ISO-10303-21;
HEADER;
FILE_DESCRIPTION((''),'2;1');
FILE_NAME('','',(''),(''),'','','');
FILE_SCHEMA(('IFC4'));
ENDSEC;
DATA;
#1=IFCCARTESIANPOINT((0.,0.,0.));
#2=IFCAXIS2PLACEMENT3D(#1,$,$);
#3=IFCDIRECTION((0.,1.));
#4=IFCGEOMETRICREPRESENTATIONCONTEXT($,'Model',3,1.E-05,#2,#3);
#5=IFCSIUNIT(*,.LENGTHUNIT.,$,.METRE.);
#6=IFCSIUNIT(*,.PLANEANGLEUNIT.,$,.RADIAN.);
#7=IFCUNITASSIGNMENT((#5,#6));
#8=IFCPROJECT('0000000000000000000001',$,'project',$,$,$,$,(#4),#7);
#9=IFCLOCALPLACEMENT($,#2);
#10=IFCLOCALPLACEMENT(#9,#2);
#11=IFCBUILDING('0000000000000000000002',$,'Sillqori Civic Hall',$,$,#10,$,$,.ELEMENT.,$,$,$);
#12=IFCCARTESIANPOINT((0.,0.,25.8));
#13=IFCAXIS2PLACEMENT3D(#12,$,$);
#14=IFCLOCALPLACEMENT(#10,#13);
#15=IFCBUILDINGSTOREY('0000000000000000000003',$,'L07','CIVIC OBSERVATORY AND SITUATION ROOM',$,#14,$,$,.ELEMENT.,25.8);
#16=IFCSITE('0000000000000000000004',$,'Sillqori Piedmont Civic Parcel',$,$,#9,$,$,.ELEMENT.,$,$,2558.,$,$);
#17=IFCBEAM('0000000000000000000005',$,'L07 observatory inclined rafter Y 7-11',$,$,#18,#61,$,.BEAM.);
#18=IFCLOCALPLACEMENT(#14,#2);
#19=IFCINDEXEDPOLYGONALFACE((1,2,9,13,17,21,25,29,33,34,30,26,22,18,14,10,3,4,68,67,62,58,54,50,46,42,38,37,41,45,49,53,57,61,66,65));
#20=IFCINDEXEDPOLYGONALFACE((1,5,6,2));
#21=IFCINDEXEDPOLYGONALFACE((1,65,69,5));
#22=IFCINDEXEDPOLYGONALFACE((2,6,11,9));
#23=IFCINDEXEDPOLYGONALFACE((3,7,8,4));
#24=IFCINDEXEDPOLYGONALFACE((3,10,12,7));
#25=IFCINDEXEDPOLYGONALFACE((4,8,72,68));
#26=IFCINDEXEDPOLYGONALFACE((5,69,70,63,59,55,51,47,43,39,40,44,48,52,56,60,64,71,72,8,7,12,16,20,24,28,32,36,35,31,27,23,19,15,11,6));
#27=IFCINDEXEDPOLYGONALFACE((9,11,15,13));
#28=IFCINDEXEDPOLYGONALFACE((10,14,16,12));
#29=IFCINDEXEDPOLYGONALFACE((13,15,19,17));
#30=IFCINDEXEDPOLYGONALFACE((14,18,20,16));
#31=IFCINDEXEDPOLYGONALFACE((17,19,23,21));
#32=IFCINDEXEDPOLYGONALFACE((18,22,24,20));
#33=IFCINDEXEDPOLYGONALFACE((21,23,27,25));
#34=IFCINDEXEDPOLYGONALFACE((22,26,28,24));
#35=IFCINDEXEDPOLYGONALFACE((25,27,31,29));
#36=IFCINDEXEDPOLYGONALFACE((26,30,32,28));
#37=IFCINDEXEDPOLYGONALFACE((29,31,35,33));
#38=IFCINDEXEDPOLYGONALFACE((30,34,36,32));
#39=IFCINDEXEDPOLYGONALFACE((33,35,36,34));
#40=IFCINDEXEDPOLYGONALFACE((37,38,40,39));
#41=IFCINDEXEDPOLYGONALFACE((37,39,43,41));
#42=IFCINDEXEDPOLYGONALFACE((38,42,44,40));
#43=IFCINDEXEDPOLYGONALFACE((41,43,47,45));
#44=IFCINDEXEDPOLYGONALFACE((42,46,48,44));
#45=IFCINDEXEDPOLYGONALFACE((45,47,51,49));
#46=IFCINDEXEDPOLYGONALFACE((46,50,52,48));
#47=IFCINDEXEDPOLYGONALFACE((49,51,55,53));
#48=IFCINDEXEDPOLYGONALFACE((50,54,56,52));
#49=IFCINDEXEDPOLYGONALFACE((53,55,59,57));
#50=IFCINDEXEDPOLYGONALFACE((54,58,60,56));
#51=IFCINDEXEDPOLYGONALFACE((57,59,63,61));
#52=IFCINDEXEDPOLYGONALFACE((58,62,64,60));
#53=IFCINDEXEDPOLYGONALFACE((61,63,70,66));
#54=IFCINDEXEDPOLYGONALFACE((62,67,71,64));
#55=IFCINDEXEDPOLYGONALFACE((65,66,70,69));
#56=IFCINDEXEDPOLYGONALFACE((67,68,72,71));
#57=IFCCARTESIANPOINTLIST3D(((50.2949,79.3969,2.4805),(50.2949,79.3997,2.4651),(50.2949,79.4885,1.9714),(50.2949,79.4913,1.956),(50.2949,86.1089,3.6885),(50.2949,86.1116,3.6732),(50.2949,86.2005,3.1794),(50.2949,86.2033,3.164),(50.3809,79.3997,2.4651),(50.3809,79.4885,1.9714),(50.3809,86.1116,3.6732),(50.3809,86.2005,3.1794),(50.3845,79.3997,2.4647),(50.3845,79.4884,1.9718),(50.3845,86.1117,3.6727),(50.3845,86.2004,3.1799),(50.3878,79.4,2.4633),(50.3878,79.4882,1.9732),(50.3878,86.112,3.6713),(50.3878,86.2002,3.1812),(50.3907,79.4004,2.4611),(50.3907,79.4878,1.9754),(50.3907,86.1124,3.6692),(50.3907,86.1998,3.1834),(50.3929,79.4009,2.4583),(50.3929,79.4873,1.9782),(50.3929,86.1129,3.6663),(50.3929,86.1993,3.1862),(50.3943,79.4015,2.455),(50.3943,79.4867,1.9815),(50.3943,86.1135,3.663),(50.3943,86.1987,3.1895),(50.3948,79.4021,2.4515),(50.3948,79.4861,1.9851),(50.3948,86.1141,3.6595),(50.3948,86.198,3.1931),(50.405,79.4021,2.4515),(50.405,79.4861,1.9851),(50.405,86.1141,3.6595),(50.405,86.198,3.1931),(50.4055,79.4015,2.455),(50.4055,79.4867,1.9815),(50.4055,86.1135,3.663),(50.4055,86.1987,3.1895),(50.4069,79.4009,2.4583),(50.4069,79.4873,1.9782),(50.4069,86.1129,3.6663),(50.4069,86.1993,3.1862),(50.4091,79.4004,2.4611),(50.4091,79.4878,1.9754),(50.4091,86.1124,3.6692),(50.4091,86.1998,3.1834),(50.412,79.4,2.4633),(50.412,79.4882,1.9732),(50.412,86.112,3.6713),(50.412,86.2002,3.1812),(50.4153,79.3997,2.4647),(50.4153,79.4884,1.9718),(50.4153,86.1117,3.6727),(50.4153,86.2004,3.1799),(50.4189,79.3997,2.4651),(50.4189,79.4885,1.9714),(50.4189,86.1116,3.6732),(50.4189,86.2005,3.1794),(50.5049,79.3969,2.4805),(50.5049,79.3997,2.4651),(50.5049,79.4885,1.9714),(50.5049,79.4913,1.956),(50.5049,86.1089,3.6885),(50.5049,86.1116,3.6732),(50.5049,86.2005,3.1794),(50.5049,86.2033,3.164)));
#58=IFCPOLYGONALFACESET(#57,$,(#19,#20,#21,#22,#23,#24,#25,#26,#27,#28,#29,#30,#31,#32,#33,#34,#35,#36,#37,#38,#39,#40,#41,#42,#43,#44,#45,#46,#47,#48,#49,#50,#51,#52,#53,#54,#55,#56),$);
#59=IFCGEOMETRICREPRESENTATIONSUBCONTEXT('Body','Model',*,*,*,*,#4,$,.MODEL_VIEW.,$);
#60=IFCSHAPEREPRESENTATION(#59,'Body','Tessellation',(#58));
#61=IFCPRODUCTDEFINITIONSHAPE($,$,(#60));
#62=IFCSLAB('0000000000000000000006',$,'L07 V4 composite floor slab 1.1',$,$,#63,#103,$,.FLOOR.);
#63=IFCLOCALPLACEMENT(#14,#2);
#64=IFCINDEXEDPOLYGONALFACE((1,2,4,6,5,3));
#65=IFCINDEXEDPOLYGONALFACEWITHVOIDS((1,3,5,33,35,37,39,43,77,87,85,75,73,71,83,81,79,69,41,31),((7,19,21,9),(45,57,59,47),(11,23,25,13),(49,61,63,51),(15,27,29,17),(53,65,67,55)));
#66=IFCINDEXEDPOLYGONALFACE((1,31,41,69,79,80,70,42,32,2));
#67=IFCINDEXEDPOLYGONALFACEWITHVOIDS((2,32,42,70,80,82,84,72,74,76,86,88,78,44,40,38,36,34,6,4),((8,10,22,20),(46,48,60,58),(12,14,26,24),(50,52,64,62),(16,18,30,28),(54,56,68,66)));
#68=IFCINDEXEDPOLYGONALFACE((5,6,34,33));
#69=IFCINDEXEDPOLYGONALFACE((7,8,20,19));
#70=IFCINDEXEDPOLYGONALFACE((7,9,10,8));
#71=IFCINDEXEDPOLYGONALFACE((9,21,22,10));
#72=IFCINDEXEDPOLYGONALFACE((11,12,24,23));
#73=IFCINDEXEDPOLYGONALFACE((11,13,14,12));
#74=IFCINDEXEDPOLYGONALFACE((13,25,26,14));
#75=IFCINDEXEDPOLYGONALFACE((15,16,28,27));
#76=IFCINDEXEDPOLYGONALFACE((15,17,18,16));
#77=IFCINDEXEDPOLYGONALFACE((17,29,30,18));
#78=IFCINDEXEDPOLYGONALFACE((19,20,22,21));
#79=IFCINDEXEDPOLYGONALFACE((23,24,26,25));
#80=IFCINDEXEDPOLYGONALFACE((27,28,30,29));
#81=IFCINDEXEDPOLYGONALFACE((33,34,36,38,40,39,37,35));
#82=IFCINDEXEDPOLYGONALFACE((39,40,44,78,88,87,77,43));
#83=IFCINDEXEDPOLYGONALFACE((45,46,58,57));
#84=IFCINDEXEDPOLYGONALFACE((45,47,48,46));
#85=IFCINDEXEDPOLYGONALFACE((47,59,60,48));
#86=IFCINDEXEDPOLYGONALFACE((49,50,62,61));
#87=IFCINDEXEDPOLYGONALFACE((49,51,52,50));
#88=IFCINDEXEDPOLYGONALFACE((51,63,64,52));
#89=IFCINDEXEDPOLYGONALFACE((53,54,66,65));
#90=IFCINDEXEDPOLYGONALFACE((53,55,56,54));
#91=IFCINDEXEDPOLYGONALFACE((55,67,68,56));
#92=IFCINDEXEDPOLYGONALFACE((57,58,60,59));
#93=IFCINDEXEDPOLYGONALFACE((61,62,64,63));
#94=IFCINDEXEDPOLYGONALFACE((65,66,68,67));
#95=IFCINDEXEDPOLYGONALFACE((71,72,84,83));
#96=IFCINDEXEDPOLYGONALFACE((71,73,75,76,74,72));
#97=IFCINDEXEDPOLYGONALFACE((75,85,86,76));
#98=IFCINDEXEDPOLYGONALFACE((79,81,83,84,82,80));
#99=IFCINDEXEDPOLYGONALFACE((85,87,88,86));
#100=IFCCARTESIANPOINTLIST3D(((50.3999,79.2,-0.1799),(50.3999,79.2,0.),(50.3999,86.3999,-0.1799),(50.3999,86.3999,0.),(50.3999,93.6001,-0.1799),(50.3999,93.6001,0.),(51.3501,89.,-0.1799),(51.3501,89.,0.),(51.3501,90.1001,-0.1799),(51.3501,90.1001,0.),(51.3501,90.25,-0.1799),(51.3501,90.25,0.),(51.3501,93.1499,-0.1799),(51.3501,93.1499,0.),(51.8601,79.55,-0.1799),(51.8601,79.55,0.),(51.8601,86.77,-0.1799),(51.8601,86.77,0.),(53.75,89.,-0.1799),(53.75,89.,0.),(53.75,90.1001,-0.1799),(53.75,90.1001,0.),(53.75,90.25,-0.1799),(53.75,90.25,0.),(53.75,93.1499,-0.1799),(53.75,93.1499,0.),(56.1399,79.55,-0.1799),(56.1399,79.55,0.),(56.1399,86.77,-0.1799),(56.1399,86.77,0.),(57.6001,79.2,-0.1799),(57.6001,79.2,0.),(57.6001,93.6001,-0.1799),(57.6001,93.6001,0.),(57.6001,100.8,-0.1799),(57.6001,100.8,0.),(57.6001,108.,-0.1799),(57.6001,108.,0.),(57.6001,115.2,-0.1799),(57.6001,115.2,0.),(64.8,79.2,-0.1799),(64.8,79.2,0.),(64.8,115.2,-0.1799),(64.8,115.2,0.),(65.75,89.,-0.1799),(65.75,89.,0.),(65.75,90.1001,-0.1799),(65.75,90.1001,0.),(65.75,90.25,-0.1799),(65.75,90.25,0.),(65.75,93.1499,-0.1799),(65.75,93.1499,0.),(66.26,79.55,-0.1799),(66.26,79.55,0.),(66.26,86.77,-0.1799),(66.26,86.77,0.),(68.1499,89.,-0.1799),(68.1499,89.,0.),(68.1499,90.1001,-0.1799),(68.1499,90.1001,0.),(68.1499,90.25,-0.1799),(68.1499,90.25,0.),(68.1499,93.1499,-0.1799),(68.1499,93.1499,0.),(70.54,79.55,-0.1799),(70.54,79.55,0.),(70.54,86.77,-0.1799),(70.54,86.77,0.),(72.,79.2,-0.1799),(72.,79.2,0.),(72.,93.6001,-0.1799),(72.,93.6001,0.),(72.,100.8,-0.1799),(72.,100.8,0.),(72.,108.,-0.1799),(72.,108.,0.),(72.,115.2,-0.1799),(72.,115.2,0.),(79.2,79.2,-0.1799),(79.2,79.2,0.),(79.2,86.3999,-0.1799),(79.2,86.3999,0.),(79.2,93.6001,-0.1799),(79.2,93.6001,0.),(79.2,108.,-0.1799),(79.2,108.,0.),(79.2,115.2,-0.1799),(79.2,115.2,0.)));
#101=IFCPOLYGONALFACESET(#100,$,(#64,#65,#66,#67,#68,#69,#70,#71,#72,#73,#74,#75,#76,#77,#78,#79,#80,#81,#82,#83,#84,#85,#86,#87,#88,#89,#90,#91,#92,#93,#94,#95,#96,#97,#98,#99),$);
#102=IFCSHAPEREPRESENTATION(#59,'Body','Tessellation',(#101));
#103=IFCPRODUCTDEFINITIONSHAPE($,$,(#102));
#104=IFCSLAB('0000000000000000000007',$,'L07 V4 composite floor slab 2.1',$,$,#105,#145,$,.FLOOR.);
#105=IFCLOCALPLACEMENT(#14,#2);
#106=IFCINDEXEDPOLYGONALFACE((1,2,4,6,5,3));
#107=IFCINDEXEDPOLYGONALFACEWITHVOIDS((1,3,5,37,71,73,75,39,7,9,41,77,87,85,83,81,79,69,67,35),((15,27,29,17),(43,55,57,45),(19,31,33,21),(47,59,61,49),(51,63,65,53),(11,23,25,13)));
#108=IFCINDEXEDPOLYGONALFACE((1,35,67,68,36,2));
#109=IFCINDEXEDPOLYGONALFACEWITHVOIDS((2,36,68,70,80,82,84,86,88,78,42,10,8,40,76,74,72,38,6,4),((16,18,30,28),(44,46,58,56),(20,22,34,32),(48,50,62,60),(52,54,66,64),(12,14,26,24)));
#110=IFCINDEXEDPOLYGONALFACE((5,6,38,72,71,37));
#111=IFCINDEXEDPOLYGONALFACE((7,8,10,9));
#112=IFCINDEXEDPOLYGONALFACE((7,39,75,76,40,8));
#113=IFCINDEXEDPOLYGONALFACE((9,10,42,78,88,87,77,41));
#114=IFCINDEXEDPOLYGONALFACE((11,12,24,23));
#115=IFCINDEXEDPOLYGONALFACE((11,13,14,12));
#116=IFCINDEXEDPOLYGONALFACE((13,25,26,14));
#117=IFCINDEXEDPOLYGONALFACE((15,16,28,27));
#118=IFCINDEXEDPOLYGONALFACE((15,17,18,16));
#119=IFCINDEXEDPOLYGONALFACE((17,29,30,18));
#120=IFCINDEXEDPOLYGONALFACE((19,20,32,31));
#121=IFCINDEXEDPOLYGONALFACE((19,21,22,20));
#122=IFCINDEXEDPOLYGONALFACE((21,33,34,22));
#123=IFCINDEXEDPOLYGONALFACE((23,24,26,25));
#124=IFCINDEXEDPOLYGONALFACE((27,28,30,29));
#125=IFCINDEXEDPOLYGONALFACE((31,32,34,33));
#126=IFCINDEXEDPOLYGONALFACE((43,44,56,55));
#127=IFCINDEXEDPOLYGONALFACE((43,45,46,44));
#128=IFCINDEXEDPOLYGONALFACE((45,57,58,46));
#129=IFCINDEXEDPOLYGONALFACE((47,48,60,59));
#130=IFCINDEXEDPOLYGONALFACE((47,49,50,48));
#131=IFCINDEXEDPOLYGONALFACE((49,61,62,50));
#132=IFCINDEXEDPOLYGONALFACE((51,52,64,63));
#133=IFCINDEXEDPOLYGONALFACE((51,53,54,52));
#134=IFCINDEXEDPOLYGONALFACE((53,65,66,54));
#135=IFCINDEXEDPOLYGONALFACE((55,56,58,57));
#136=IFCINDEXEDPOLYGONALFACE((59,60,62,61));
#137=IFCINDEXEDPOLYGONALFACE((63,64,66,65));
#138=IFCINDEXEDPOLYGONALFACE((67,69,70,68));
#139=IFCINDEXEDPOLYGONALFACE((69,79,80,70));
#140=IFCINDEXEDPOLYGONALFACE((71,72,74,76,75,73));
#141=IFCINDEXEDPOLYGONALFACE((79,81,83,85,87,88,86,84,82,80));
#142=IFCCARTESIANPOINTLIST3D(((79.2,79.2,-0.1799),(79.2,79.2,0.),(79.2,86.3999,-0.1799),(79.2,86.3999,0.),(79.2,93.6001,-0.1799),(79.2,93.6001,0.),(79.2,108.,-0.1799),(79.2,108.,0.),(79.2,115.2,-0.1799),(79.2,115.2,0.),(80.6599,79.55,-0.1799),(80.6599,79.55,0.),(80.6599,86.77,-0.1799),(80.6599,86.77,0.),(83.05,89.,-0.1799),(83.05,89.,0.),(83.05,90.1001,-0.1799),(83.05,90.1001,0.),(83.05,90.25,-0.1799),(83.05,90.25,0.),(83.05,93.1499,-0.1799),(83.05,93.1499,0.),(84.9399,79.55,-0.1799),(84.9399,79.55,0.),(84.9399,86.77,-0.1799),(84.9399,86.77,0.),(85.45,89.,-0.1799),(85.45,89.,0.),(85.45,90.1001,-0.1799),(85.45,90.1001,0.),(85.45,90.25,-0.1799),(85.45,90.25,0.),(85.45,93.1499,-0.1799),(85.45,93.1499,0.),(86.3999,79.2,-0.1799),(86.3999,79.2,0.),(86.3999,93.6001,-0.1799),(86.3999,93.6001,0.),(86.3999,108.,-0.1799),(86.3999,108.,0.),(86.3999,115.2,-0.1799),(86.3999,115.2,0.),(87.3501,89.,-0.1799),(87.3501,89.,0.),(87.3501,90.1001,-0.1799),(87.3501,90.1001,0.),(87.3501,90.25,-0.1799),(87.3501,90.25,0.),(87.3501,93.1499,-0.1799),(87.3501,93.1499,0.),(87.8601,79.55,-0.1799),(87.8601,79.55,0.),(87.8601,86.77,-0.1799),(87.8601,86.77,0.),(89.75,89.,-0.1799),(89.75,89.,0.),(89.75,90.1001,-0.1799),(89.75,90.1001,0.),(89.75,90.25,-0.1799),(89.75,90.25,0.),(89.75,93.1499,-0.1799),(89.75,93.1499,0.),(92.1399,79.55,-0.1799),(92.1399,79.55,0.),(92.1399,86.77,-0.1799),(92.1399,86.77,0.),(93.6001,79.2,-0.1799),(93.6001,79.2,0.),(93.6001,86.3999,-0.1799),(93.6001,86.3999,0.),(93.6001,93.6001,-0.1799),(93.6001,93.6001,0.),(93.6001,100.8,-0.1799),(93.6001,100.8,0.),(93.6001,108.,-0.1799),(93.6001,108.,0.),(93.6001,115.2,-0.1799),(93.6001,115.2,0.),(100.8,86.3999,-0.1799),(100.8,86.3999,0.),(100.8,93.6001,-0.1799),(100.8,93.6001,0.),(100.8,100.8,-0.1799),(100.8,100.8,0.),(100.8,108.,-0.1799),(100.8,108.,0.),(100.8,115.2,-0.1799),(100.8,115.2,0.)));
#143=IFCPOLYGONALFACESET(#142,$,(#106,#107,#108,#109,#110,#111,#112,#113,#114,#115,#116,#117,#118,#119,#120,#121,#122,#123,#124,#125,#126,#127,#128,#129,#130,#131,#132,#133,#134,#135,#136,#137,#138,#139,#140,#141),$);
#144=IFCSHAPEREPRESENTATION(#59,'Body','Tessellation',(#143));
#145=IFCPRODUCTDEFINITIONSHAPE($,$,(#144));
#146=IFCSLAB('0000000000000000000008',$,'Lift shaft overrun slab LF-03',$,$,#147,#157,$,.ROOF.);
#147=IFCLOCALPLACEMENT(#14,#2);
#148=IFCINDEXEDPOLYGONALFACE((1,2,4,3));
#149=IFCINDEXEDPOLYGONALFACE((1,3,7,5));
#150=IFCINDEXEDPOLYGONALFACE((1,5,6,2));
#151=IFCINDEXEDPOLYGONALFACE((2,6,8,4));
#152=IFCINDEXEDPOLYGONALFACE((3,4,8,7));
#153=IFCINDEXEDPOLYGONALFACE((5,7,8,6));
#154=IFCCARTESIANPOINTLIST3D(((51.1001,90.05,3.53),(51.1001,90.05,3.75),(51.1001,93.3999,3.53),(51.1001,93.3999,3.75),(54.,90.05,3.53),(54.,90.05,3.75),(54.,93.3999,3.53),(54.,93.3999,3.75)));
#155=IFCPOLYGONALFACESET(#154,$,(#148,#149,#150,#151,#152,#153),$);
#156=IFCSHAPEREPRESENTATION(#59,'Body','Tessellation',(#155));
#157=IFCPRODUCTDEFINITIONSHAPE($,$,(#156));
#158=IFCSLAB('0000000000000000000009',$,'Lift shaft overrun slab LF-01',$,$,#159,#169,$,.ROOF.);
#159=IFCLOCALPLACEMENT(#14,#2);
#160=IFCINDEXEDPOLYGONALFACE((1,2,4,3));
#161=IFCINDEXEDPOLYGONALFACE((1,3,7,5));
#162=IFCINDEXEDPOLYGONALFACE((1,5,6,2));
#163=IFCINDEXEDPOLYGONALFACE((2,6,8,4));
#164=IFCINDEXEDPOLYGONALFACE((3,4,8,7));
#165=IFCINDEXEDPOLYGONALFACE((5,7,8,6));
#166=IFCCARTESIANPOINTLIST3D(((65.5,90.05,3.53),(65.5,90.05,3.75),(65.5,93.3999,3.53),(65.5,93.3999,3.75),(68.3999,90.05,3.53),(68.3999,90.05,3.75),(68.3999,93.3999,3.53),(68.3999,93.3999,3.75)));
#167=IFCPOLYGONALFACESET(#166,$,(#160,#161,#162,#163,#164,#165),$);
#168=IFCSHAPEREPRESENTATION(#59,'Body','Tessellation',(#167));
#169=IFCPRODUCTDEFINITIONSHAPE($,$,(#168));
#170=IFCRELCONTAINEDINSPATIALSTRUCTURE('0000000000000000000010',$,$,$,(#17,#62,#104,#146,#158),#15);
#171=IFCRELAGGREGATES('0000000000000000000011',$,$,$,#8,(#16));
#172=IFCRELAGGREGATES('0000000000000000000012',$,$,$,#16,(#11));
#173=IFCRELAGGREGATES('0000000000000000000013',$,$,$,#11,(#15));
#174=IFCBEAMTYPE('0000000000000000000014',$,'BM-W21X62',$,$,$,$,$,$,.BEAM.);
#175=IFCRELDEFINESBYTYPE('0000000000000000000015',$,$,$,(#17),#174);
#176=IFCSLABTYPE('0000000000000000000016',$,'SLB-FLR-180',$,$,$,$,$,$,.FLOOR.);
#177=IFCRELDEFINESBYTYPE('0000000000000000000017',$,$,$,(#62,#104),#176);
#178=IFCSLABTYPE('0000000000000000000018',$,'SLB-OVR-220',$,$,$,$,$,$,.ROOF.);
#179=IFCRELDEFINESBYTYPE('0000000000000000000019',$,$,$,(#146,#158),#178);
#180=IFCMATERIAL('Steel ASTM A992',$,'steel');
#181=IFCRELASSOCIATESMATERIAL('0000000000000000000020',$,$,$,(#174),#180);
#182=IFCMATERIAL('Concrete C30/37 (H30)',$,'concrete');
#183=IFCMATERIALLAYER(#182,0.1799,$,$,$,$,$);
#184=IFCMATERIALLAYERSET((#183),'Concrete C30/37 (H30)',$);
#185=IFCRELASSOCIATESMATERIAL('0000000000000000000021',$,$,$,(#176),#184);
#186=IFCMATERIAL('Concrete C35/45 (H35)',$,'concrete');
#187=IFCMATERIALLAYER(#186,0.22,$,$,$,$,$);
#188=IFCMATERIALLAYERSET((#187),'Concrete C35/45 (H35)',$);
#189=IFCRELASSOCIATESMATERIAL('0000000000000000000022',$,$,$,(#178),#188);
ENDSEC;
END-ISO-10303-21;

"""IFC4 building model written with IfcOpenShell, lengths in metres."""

from ifc_helpers import new_model, si_unit, direction, frame, origin, origin_2d, place, context, subcontext, project, spatial, polyline, i_section, outline, extrude, material, layer, layer_set, material_profile, profile_set, type_object, element, save


model = new_model("IFC4")

# Units and contexts
model_context = context("Model", 3, precision=1e-05, world=origin(), true_north=direction((0.0, 1.0)))
body_context = subcontext(model_context, "Body", "Model", "MODEL_VIEW")
ifc_project = project(units=[si_unit("LENGTHUNIT", "METRE"), si_unit("PLANEANGLEUNIT", "RADIAN")], contexts=[model_context])

# Site, building, storey
site_placement = place(None, origin())
site = spatial("IfcSite", under=ifc_project, at=site_placement, Name="Sillqori Piedmont Civic Parcel", CompositionType="ELEMENT", RefElevation=2558.0)
building_placement = place(site_placement, origin())
building = spatial("IfcBuilding", under=site, at=building_placement, Name="Sillqori Civic Hall", CompositionType="ELEMENT")
storey_placement = place(building_placement, frame((0.0, 0.0, 25.8)))
storey = spatial("IfcBuildingStorey", under=building, at=storey_placement, Name="L07", Description="CIVIC OBSERVATORY AND SITUATION ROOM", CompositionType="ELEMENT", Elevation=25.8)

# Shared definitions
ifc_material_1 = material(Name="Concrete C35/45 (H35)", Category="concrete")

# Beam
ifc_material_2 = material(Name="Steel ASTM A992", Category="steel")
ifc_material_profile_1 = material_profile(ifc_material_2, i_section(OverallWidth=0.21, OverallDepth=0.533, WebThickness=0.0103, FlangeThickness=0.0156, FilletRadius=0.0139, at=origin_2d()), Name="W21X62")
ifc_profile_set_1 = profile_set([ifc_material_profile_1], Name="Steel ASTM A992")
beam_type = type_object("IfcBeamType", Name="BM-W21X62", PredefinedType="BEAM", material=ifc_profile_set_1)
beam_1_placement = place(storey_placement, frame((50.3999, 79.4441, 2.2183), z_axis=(0.0, 0.984187, 0.177134), x_axis=(-1.0, 0.0, 0.0)))
element("IfcBeam", 1, at=beam_1_placement, inside=storey, type_object=beam_type, Name="L07 observatory inclined rafter Y 7-11", PredefinedType="BEAM", context=body_context, shape_type="SweptSolid", body=[
    extrude(i_section(OverallWidth=0.21, OverallDepth=0.533, WebThickness=0.0103, FlangeThickness=0.0156, FilletRadius=0.0139, at=origin_2d()), origin(), (0.0, 0.0, 1.0), 6.8198),
])

# Slabs
ifc_material_3 = material(Name="Concrete C30/37 (H30)", Category="concrete")
ifc_layer_1 = layer(ifc_material_3, 0.1799)
ifc_layer_set_1 = layer_set([ifc_layer_1], Name="Concrete C30/37 (H30)")
slab_type_1 = type_object("IfcSlabType", Name="SLB-FLR-180", PredefinedType="FLOOR", material=ifc_layer_set_1)
slab_1_placement = place(storey_placement, frame((0.0, 0.0, -0.1799)))
element("IfcSlab", 2, at=slab_1_placement, inside=storey, type_object=slab_type_1, Name="L07 V4 composite floor slab 1.1", PredefinedType="FLOOR", context=body_context, shape_type="SweptSolid", body=[
    extrude(outline(polyline([(57.6001, 93.6001), (57.6001, 100.8), (57.6001, 108.0), (57.6001, 115.2), (64.8, 115.2), (72.0, 115.2), (79.2, 115.2), (79.2, 108.0), (72.0, 108.0), (72.0, 100.8), (72.0, 93.6001), (79.2, 93.6001), (79.2, 86.3999), (79.2, 79.2), (72.0, 79.2), (64.8, 79.2), (57.6001, 79.2), (50.3999, 79.2), (50.3999, 86.3999), (50.3999, 93.6001), (57.6001, 93.6001)]), holes=[polyline([(51.8601, 86.77), (51.8601, 79.55), (56.1399, 79.55), (56.1399, 86.77), (51.8601, 86.77)]), polyline([(70.54, 86.77), (66.26, 86.77), (66.26, 79.55), (70.54, 79.55), (70.54, 86.77)]), polyline([(53.75, 90.1001), (51.3501, 90.1001), (51.3501, 89.0), (53.75, 89.0), (53.75, 90.1001)]), polyline([(65.75, 90.1001), (65.75, 89.0), (68.1499, 89.0), (68.1499, 90.1001), (65.75, 90.1001)]), polyline([(53.75, 93.1499), (51.3501, 93.1499), (51.3501, 90.25), (53.75, 90.25), (53.75, 93.1499)]), polyline([(68.1499, 93.1499), (65.75, 93.1499), (65.75, 90.25), (68.1499, 90.25), (68.1499, 93.1499)])]), origin(), (0.0, 0.0, 1.0), 0.1799),
])
slab_2_placement = place(storey_placement, frame((0.0, 0.0, -0.1799)))
element("IfcSlab", 3, at=slab_2_placement, inside=storey, type_object=slab_type_1, Name="L07 V4 composite floor slab 2.1", PredefinedType="FLOOR", context=body_context, shape_type="SweptSolid", body=[
    extrude(outline(polyline([(86.3999, 93.6001), (93.6001, 93.6001), (93.6001, 100.8), (93.6001, 108.0), (86.3999, 108.0), (79.2, 108.0), (79.2, 115.2), (86.3999, 115.2), (93.6001, 115.2), (100.8, 115.2), (100.8, 108.0), (100.8, 100.8), (100.8, 93.6001), (100.8, 86.3999), (93.6001, 86.3999), (93.6001, 79.2), (86.3999, 79.2), (79.2, 79.2), (79.2, 86.3999), (79.2, 93.6001), (86.3999, 93.6001)]), holes=[polyline([(80.6599, 86.77), (80.6599, 79.55), (84.9399, 79.55), (84.9399, 86.77), (80.6599, 86.77)]), polyline([(92.1399, 86.77), (87.8601, 86.77), (87.8601, 79.55), (92.1399, 79.55), (92.1399, 86.77)]), polyline([(85.45, 90.1001), (83.05, 90.1001), (83.05, 89.0), (85.45, 89.0), (85.45, 90.1001)]), polyline([(87.3501, 90.1001), (87.3501, 89.0), (89.75, 89.0), (89.75, 90.1001), (87.3501, 90.1001)]), polyline([(85.45, 93.1499), (83.05, 93.1499), (83.05, 90.25), (85.45, 90.25), (85.45, 93.1499)]), polyline([(89.75, 93.1499), (87.3501, 93.1499), (87.3501, 90.25), (89.75, 90.25), (89.75, 93.1499)])]), origin(), (0.0, 0.0, 1.0), 0.1799),
])
ifc_layer_2 = layer(ifc_material_1, 0.22)
ifc_layer_set_2 = layer_set([ifc_layer_2], Name="Concrete C35/45 (H35)")
slab_type_2 = type_object("IfcSlabType", Name="SLB-OVR-220", PredefinedType="ROOF", material=ifc_layer_set_2)
slab_3_placement = place(storey_placement, frame((0.0, 0.0, 3.53)))
element("IfcSlab", 4, at=slab_3_placement, inside=storey, type_object=slab_type_2, Name="Lift shaft overrun slab LF-03", PredefinedType="ROOF", context=body_context, shape_type="SweptSolid", body=[
    extrude(outline(polyline([(51.1001, 90.05), (54.0, 90.05), (54.0, 93.3999), (51.1001, 93.3999), (51.1001, 90.05)])), origin(), (0.0, 0.0, 1.0), 0.22),
])
slab_4_placement = place(storey_placement, frame((0.0, 0.0, 3.53)))
element("IfcSlab", 5, at=slab_4_placement, inside=storey, type_object=slab_type_2, Name="Lift shaft overrun slab LF-01", PredefinedType="ROOF", context=body_context, shape_type="SweptSolid", body=[
    extrude(outline(polyline([(65.5, 90.05), (68.3999, 90.05), (68.3999, 93.3999), (65.5, 93.3999), (65.5, 90.05)])), origin(), (0.0, 0.0, 1.0), 0.22),
])

save(model, "model.ifc")
